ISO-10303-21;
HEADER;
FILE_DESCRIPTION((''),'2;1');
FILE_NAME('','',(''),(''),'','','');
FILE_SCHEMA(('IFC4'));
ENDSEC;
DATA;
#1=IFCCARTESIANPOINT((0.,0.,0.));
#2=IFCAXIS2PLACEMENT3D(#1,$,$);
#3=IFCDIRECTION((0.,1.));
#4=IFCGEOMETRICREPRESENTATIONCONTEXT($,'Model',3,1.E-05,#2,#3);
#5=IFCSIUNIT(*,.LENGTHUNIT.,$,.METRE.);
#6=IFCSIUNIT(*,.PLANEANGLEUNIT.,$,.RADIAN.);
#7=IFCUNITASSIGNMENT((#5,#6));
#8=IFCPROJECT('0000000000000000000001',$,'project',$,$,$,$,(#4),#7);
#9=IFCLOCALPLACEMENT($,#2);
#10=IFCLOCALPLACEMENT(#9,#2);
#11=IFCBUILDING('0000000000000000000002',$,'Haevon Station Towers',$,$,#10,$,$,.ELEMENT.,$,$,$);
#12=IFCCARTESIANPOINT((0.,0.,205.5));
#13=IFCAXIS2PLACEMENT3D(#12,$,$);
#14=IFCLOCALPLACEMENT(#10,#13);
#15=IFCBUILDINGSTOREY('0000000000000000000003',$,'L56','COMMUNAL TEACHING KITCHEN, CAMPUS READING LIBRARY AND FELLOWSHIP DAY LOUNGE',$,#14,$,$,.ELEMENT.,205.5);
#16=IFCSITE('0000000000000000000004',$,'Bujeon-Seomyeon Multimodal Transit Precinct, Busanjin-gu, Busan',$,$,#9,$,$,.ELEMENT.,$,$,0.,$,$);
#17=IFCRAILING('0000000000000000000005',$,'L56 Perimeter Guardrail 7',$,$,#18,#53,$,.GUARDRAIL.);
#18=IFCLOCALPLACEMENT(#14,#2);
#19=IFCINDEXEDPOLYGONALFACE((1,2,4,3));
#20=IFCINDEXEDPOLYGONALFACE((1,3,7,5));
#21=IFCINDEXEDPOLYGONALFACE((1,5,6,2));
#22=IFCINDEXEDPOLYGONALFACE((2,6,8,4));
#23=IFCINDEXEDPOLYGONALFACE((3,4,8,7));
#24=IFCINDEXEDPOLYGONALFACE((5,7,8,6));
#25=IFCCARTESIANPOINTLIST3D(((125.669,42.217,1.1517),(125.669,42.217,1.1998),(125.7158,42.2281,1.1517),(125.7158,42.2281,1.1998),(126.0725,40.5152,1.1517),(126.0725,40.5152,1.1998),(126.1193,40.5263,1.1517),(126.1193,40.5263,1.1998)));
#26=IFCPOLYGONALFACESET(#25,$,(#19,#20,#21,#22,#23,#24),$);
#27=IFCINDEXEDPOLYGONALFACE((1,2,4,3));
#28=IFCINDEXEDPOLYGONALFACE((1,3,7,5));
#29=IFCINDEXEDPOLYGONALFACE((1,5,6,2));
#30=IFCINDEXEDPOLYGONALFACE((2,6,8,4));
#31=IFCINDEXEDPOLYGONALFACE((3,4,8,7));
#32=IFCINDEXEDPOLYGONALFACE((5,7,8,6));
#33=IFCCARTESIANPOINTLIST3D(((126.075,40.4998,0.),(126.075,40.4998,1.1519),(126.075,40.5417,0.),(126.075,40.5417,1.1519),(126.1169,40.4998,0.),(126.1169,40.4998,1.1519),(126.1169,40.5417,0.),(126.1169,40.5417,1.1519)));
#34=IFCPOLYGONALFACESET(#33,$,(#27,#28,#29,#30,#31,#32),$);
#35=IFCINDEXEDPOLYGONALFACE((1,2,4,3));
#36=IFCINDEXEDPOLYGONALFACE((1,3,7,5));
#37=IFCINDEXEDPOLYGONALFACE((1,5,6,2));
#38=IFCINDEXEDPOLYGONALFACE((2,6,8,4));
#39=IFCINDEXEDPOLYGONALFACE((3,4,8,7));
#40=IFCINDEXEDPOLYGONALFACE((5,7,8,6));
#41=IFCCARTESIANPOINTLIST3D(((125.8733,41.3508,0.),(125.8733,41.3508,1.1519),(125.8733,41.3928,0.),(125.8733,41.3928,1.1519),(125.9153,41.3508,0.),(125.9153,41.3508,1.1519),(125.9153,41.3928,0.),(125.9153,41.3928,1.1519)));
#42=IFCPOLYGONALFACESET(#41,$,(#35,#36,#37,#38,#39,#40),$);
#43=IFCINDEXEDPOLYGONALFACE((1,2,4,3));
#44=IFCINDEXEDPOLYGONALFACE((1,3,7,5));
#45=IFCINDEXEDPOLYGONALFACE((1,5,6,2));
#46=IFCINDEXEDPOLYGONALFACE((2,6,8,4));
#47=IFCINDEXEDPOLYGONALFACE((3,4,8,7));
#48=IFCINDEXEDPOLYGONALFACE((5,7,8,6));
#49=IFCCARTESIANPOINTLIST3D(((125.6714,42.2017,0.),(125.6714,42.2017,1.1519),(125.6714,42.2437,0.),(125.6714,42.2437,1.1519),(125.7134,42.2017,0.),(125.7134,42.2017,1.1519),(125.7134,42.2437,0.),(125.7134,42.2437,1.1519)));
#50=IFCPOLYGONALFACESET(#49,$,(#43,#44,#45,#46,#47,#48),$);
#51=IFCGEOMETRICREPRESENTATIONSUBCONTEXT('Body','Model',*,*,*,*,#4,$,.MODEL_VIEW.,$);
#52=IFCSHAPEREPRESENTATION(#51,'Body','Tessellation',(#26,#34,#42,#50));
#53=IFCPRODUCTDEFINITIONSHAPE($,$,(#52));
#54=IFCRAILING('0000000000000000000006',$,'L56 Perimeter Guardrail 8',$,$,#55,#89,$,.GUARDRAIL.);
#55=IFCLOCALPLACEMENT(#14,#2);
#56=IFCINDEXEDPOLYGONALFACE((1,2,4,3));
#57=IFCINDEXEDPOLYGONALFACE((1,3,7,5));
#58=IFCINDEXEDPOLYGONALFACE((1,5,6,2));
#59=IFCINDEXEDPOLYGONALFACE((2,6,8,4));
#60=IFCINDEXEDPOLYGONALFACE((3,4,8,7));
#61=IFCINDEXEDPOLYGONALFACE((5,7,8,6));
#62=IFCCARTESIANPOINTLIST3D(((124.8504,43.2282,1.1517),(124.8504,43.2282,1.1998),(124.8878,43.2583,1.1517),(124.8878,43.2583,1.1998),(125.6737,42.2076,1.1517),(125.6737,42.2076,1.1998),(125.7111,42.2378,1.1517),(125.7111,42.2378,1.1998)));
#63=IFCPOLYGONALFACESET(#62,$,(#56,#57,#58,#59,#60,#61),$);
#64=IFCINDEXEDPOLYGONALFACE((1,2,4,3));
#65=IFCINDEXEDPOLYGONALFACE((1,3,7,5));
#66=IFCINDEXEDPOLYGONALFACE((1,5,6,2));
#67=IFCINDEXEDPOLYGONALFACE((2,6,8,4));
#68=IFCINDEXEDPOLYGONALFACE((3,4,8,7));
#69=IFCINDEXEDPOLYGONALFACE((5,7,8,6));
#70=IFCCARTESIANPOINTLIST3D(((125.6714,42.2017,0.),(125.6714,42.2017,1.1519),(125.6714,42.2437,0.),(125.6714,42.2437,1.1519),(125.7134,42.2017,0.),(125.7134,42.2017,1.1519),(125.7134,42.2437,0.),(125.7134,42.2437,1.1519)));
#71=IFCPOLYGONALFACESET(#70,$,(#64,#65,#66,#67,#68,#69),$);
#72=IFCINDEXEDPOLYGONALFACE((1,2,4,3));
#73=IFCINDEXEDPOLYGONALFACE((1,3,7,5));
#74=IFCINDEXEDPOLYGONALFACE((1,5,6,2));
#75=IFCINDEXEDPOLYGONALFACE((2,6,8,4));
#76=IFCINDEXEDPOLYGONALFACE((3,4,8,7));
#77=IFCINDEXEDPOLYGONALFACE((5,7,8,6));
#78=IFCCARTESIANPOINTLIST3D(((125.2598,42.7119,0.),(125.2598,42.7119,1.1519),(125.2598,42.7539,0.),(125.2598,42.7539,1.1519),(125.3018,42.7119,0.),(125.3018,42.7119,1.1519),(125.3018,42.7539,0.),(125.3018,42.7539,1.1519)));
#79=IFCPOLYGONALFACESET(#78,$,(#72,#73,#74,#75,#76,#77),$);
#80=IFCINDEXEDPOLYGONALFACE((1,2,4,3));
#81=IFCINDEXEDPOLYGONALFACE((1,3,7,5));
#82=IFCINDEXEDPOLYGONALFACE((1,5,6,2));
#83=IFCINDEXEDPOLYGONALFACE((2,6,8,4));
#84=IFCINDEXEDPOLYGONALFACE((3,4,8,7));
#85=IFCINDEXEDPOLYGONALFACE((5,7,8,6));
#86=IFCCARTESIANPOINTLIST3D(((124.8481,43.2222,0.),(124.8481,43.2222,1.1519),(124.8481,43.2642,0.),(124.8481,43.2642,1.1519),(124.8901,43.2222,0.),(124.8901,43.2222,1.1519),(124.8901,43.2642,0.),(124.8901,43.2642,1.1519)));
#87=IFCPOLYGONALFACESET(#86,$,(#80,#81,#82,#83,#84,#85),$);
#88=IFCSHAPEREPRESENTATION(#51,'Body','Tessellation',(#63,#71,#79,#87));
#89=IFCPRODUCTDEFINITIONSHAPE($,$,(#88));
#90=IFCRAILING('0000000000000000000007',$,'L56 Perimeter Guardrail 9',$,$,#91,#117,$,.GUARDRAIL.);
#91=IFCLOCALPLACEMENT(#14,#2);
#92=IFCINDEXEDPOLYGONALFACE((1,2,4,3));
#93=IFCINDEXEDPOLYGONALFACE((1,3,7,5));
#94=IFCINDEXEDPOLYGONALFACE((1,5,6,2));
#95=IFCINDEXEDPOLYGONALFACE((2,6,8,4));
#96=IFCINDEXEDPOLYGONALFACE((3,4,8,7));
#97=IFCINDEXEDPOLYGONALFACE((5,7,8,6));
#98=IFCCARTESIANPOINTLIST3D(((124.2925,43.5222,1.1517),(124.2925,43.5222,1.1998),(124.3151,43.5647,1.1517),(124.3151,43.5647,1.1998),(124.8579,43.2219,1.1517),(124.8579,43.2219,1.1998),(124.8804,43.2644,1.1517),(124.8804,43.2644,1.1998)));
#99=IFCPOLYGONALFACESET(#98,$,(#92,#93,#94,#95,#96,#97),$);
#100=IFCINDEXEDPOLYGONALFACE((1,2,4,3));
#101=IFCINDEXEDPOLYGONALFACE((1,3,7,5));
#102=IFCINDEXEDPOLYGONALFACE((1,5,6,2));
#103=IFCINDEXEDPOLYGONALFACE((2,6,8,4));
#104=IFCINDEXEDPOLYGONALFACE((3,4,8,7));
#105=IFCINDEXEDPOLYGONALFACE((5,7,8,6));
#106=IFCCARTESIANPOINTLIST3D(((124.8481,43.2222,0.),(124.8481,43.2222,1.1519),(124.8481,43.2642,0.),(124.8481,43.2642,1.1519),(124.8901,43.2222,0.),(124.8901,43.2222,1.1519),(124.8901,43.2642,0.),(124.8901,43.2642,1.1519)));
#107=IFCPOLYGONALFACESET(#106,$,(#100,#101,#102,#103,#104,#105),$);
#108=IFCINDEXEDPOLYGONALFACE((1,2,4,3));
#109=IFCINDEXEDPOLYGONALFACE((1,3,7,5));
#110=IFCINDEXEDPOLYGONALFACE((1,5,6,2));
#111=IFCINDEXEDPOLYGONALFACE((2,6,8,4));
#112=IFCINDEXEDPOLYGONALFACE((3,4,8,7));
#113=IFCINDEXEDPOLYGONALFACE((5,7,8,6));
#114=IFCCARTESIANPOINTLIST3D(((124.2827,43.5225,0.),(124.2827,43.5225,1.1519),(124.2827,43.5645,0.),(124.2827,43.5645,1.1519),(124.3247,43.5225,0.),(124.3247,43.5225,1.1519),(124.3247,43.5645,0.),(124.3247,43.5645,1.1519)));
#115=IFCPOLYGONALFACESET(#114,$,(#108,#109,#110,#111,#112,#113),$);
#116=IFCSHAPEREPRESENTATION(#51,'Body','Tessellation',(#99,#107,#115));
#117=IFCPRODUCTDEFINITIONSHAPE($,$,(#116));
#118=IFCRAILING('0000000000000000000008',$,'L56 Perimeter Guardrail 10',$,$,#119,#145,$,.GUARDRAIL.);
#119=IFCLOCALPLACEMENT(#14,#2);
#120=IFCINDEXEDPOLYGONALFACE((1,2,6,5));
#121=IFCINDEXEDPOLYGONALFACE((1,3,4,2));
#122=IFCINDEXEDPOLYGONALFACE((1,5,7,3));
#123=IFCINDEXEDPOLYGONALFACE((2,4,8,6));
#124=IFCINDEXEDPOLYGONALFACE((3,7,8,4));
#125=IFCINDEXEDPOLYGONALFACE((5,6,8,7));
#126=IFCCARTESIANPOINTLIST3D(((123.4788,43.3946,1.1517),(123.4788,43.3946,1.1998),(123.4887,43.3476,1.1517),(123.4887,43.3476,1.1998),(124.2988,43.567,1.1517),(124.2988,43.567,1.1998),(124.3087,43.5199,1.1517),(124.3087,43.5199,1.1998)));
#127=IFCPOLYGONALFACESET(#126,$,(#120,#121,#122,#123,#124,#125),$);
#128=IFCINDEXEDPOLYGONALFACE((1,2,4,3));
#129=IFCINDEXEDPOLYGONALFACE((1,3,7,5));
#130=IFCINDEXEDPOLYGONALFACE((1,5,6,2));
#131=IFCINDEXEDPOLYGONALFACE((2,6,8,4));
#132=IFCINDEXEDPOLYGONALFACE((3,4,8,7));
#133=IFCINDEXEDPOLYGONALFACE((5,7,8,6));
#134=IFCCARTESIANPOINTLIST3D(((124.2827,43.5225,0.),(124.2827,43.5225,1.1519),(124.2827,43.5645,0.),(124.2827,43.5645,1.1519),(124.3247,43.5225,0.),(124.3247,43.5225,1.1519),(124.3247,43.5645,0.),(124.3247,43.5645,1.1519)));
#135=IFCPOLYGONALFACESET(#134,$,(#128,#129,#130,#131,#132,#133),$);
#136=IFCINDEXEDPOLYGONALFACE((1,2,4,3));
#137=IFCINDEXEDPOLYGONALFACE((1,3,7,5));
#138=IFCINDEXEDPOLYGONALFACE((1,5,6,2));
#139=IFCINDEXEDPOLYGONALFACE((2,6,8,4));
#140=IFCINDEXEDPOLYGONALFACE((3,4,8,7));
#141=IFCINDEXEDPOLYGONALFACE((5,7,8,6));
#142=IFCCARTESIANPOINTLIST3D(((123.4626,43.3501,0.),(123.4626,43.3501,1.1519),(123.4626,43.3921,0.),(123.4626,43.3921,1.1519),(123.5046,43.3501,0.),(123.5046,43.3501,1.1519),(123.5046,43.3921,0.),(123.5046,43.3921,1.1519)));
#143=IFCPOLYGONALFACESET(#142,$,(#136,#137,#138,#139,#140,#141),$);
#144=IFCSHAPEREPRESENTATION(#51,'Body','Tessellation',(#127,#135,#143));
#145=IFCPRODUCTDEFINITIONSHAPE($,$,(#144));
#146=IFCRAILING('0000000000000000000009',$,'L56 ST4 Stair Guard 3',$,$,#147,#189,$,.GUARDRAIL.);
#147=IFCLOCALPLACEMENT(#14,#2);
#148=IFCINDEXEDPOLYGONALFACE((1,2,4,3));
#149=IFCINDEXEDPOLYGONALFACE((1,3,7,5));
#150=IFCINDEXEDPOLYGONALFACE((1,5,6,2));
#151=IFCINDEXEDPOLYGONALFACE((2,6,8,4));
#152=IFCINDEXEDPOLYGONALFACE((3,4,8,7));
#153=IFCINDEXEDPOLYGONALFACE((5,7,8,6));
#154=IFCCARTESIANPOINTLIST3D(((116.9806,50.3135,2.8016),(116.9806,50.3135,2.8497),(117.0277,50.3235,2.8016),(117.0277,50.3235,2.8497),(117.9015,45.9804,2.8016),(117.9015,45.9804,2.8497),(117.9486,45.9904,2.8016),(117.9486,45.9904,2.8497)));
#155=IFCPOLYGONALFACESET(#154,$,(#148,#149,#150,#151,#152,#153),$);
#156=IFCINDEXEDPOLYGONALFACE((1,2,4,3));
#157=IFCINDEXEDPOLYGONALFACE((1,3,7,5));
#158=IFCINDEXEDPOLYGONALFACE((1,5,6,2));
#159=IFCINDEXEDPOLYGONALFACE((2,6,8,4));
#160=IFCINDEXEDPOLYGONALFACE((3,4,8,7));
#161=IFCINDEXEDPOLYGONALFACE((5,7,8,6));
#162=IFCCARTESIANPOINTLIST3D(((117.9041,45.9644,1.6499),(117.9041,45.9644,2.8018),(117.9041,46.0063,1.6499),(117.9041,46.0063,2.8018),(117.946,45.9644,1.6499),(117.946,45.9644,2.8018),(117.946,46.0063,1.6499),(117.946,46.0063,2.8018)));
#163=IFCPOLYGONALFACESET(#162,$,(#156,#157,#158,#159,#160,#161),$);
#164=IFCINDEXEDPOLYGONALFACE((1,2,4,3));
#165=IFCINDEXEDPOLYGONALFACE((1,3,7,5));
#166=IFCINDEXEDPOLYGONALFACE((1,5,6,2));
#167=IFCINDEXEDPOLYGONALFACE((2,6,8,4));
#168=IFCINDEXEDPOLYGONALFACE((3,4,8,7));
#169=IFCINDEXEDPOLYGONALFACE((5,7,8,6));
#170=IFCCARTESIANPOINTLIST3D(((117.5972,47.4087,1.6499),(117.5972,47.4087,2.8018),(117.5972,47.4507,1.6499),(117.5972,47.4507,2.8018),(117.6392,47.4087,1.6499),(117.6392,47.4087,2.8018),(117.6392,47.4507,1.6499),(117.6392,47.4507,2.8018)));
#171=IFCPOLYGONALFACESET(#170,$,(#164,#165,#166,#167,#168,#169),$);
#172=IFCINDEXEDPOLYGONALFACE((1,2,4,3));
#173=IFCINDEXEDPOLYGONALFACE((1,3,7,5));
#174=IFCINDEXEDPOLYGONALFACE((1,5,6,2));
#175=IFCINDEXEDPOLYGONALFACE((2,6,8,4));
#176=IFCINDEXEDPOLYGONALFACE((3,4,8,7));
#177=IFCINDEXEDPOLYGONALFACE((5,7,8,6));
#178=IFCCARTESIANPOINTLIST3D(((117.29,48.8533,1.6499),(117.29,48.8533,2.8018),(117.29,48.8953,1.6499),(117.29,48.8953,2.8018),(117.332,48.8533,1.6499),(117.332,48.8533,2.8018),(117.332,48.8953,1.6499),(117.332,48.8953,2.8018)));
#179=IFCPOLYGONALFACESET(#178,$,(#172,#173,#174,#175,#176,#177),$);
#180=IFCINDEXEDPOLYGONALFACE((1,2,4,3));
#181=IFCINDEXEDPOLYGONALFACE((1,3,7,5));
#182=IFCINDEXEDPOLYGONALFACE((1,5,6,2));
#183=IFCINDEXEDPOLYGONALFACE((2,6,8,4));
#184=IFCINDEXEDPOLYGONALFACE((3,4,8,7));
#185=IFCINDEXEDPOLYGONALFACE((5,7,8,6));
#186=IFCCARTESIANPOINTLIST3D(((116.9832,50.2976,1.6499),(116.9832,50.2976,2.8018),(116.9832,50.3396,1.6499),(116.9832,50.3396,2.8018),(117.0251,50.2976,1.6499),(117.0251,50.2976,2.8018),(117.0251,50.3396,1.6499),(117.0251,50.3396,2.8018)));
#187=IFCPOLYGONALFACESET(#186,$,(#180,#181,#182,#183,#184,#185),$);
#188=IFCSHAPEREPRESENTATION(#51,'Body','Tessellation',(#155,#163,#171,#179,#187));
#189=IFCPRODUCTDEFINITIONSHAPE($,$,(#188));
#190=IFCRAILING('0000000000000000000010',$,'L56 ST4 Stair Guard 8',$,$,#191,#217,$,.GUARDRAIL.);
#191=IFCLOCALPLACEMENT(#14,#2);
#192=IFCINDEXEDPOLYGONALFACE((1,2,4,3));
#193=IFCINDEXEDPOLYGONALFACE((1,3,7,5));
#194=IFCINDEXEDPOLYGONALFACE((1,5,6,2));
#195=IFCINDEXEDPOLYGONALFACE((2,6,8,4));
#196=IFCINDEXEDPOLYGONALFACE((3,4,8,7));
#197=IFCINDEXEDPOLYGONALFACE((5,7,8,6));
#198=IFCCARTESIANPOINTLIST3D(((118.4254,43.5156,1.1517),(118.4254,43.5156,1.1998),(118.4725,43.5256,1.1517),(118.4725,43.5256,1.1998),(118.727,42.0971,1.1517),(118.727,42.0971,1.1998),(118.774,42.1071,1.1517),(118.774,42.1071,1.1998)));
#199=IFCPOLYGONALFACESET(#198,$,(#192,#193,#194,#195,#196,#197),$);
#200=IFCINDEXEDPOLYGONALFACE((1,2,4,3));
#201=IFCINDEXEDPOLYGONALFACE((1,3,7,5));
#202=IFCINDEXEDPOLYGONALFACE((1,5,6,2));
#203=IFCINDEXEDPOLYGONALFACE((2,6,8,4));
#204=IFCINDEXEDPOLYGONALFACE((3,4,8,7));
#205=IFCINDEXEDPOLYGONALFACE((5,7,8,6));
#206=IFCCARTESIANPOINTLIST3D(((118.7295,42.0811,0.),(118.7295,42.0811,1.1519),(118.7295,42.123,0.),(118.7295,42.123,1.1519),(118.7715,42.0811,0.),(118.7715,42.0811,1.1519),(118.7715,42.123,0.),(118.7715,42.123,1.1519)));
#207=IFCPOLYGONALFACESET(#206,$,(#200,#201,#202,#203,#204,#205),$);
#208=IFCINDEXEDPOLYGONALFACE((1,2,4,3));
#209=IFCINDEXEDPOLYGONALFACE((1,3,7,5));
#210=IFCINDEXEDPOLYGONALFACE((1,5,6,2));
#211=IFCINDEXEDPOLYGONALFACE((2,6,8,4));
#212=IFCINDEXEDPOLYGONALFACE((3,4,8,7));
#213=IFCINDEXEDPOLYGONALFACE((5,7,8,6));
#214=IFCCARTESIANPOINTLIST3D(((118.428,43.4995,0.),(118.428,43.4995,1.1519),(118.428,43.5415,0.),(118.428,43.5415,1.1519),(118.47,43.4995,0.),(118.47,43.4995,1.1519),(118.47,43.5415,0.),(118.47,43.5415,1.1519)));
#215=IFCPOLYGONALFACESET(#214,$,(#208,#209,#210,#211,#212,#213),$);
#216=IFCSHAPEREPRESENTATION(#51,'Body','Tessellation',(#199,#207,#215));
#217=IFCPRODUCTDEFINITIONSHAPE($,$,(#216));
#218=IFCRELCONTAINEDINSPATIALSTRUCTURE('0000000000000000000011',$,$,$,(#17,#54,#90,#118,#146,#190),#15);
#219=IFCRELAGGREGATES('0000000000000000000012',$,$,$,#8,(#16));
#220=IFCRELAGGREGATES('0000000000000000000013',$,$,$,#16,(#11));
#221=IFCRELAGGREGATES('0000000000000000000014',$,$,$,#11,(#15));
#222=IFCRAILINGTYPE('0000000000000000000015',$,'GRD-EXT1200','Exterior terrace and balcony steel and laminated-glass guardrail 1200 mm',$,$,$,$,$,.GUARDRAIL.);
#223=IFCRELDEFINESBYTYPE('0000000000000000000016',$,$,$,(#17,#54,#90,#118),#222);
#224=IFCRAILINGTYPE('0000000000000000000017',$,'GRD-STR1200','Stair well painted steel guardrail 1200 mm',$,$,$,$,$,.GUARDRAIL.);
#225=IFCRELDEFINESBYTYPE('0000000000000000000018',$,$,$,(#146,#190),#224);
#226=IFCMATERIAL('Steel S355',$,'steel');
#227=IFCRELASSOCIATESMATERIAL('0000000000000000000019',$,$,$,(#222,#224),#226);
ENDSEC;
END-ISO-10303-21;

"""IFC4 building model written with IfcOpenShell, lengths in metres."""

from ifc_helpers import new_model, si_unit, direction, frame, origin, origin_2d, place, context, subcontext, project, spatial, rectangle, extrude, material, type_object, element, save


model = new_model("IFC4")

# Units and contexts
model_context = context("Model", 3, precision=1e-05, world=origin(), true_north=direction((0.0, 1.0)))
body_context = subcontext(model_context, "Body", "Model", "MODEL_VIEW")
ifc_project = project(units=[si_unit("LENGTHUNIT", "METRE"), si_unit("PLANEANGLEUNIT", "RADIAN")], contexts=[model_context])

# Site, building, storey
site_placement = place(None, origin())
site = spatial("IfcSite", under=ifc_project, at=site_placement, Name="Bujeon-Seomyeon Multimodal Transit Precinct, Busanjin-gu, Busan", CompositionType="ELEMENT", RefElevation=0.0)
building_placement = place(site_placement, origin())
building = spatial("IfcBuilding", under=site, at=building_placement, Name="Haevon Station Towers", CompositionType="ELEMENT")
storey_placement = place(building_placement, frame((0.0, 0.0, 205.5)))
storey = spatial("IfcBuildingStorey", under=building, at=storey_placement, Name="L56", Description="COMMUNAL TEACHING KITCHEN, CAMPUS READING LIBRARY AND FELLOWSHIP DAY LOUNGE", CompositionType="ELEMENT", Elevation=205.5)

# Shared definitions
ifc_material_1 = material(Name="Steel S355", Category="steel")

# Railings
railing_type_1 = type_object("IfcRailingType", Name="GRD-EXT1200", Description="Exterior terrace and balcony steel and laminated-glass guardrail 1200 mm", PredefinedType="GUARDRAIL", material=ifc_material_1)
railing_1_placement = place(storey_placement, frame((126.0959, 40.5208, 0.0)))
element("IfcRailing", 1, at=railing_1_placement, inside=storey, type_object=railing_type_1, Name="L56 Perimeter Guardrail 7", PredefinedType="GUARDRAIL", context=body_context, shape_type="SweptSolid", body=[
    extrude(rectangle(XDim=0.0481, YDim=0.0481, at=origin_2d()), frame((0.0, 0.0, 1.1758), z_axis=(-0.230727, 0.973018, 0.0), x_axis=(-0.973018, -0.230727, 0.0)), (0.0, 0.0, 1.0), 1.749),
    extrude(rectangle(XDim=0.042, YDim=0.042, at=origin_2d()), origin(), (0.0, 0.0, 1.0), 1.1519),
    extrude(rectangle(XDim=0.042, YDim=0.042, at=origin_2d()), frame((-0.2017, 0.8511, 0.0)), (0.0, 0.0, 1.0), 1.1519),
    extrude(rectangle(XDim=0.042, YDim=0.042, at=origin_2d()), frame((-0.4036, 1.7019, 0.0)), (0.0, 0.0, 1.0), 1.1519),
])
railing_2_placement = place(storey_placement, frame((125.6924, 42.2227, 0.0)))
element("IfcRailing", 2, at=railing_2_placement, inside=storey, type_object=railing_type_1, Name="L56 Perimeter Guardrail 8", PredefinedType="GUARDRAIL", context=body_context, shape_type="SweptSolid", body=[
    extrude(rectangle(XDim=0.0481, YDim=0.0481, at=origin_2d()), frame((0.0, 0.0, 1.1758), z_axis=(-0.627869, 0.778319, 0.0), x_axis=(-0.778319, -0.627869, 0.0)), (0.0, 0.0, 1.0), 1.3113),
    extrude(rectangle(XDim=0.042, YDim=0.042, at=origin_2d()), origin(), (0.0, 0.0, 1.0), 1.1519),
    extrude(rectangle(XDim=0.042, YDim=0.042, at=origin_2d()), frame((-0.4116, 0.5103, 0.0)), (0.0, 0.0, 1.0), 1.1519),
    extrude(rectangle(XDim=0.042, YDim=0.042, at=origin_2d()), frame((-0.8232, 1.0205, 0.0)), (0.0, 0.0, 1.0), 1.1519),
])
railing_3_placement = place(storey_placement, frame((124.8691, 43.2432, 0.0)))
element("IfcRailing", 3, at=railing_3_placement, inside=storey, type_object=railing_type_1, Name="L56 Perimeter Guardrail 9", PredefinedType="GUARDRAIL", context=body_context, shape_type="SweptSolid", body=[
    extrude(rectangle(XDim=0.0481, YDim=0.0481, at=origin_2d()), frame((0.0, 0.0, 1.1758), z_axis=(-0.883175, 0.469044, 0.0), x_axis=(-0.469044, -0.883175, 0.0)), (0.0, 0.0, 1.0), 0.6401),
    extrude(rectangle(XDim=0.042, YDim=0.042, at=origin_2d()), origin(), (0.0, 0.0, 1.0), 1.1519),
    extrude(rectangle(XDim=0.042, YDim=0.042, at=origin_2d()), frame((-0.5654, 0.3003, 0.0)), (0.0, 0.0, 1.0), 1.1519),
])
railing_4_placement = place(storey_placement, frame((124.3037, 43.5435, 0.0)))
element("IfcRailing", 4, at=railing_4_placement, inside=storey, type_object=railing_type_1, Name="L56 Perimeter Guardrail 10", PredefinedType="GUARDRAIL", context=body_context, shape_type="SweptSolid", body=[
    extrude(rectangle(XDim=0.0481, YDim=0.0481, at=origin_2d()), frame((0.0, 0.0, 1.1758), z_axis=(-0.978618, -0.205687, 0.0), x_axis=(0.205687, -0.978618, 0.0)), (0.0, 0.0, 1.0), 0.8379),
    extrude(rectangle(XDim=0.042, YDim=0.042, at=origin_2d()), origin(), (0.0, 0.0, 1.0), 1.1519),
    extrude(rectangle(XDim=0.042, YDim=0.042, at=origin_2d()), frame((-0.8201, -0.1724, 0.0)), (0.0, 0.0, 1.0), 1.1519),
])
railing_type_2 = type_object("IfcRailingType", Name="GRD-STR1200", Description="Stair well painted steel guardrail 1200 mm", PredefinedType="GUARDRAIL", material=ifc_material_1)
railing_5_placement = place(storey_placement, frame((117.925, 45.9854, 1.6499)))
element("IfcRailing", 5, at=railing_5_placement, inside=storey, type_object=railing_type_2, Name="L56 ST4 Stair Guard 3", PredefinedType="GUARDRAIL", context=body_context, shape_type="SweptSolid", body=[
    extrude(rectangle(XDim=0.0481, YDim=0.0481, at=origin_2d()), frame((0.0, 0.0, 1.1758), z_axis=(-0.207877, 0.978155, 0.0), x_axis=(-0.978155, -0.207877, 0.0)), (0.0, 0.0, 1.0), 4.4299),
    extrude(rectangle(XDim=0.042, YDim=0.042, at=origin_2d()), origin(), (0.0, 0.0, 1.0), 1.1519),
    extrude(rectangle(XDim=0.042, YDim=0.042, at=origin_2d()), frame((-0.3069, 1.4443, 0.0)), (0.0, 0.0, 1.0), 1.1519),
    extrude(rectangle(XDim=0.042, YDim=0.042, at=origin_2d()), frame((-0.614, 2.8889, 0.0)), (0.0, 0.0, 1.0), 1.1519),
    extrude(rectangle(XDim=0.042, YDim=0.042, at=origin_2d()), frame((-0.9209, 4.3333, 0.0)), (0.0, 0.0, 1.0), 1.1519),
])
railing_6_placement = place(storey_placement, frame((118.7505, 42.1021, 0.0)))
element("IfcRailing", 6, at=railing_6_placement, inside=storey, type_object=railing_type_2, Name="L56 ST4 Stair Guard 8", PredefinedType="GUARDRAIL", context=body_context, shape_type="SweptSolid", body=[
    extrude(rectangle(XDim=0.0481, YDim=0.0481, at=origin_2d()), frame((0.0, 0.0, 1.1758), z_axis=(-0.207919, 0.978146, 0.0), x_axis=(-0.978146, -0.207919, 0.0)), (0.0, 0.0, 1.0), 1.4502),
    extrude(rectangle(XDim=0.042, YDim=0.042, at=origin_2d()), origin(), (0.0, 0.0, 1.0), 1.1519),
    extrude(rectangle(XDim=0.042, YDim=0.042, at=origin_2d()), frame((-0.3015, 1.4185, 0.0)), (0.0, 0.0, 1.0), 1.1519),
])

save(model, "model.ifc")
